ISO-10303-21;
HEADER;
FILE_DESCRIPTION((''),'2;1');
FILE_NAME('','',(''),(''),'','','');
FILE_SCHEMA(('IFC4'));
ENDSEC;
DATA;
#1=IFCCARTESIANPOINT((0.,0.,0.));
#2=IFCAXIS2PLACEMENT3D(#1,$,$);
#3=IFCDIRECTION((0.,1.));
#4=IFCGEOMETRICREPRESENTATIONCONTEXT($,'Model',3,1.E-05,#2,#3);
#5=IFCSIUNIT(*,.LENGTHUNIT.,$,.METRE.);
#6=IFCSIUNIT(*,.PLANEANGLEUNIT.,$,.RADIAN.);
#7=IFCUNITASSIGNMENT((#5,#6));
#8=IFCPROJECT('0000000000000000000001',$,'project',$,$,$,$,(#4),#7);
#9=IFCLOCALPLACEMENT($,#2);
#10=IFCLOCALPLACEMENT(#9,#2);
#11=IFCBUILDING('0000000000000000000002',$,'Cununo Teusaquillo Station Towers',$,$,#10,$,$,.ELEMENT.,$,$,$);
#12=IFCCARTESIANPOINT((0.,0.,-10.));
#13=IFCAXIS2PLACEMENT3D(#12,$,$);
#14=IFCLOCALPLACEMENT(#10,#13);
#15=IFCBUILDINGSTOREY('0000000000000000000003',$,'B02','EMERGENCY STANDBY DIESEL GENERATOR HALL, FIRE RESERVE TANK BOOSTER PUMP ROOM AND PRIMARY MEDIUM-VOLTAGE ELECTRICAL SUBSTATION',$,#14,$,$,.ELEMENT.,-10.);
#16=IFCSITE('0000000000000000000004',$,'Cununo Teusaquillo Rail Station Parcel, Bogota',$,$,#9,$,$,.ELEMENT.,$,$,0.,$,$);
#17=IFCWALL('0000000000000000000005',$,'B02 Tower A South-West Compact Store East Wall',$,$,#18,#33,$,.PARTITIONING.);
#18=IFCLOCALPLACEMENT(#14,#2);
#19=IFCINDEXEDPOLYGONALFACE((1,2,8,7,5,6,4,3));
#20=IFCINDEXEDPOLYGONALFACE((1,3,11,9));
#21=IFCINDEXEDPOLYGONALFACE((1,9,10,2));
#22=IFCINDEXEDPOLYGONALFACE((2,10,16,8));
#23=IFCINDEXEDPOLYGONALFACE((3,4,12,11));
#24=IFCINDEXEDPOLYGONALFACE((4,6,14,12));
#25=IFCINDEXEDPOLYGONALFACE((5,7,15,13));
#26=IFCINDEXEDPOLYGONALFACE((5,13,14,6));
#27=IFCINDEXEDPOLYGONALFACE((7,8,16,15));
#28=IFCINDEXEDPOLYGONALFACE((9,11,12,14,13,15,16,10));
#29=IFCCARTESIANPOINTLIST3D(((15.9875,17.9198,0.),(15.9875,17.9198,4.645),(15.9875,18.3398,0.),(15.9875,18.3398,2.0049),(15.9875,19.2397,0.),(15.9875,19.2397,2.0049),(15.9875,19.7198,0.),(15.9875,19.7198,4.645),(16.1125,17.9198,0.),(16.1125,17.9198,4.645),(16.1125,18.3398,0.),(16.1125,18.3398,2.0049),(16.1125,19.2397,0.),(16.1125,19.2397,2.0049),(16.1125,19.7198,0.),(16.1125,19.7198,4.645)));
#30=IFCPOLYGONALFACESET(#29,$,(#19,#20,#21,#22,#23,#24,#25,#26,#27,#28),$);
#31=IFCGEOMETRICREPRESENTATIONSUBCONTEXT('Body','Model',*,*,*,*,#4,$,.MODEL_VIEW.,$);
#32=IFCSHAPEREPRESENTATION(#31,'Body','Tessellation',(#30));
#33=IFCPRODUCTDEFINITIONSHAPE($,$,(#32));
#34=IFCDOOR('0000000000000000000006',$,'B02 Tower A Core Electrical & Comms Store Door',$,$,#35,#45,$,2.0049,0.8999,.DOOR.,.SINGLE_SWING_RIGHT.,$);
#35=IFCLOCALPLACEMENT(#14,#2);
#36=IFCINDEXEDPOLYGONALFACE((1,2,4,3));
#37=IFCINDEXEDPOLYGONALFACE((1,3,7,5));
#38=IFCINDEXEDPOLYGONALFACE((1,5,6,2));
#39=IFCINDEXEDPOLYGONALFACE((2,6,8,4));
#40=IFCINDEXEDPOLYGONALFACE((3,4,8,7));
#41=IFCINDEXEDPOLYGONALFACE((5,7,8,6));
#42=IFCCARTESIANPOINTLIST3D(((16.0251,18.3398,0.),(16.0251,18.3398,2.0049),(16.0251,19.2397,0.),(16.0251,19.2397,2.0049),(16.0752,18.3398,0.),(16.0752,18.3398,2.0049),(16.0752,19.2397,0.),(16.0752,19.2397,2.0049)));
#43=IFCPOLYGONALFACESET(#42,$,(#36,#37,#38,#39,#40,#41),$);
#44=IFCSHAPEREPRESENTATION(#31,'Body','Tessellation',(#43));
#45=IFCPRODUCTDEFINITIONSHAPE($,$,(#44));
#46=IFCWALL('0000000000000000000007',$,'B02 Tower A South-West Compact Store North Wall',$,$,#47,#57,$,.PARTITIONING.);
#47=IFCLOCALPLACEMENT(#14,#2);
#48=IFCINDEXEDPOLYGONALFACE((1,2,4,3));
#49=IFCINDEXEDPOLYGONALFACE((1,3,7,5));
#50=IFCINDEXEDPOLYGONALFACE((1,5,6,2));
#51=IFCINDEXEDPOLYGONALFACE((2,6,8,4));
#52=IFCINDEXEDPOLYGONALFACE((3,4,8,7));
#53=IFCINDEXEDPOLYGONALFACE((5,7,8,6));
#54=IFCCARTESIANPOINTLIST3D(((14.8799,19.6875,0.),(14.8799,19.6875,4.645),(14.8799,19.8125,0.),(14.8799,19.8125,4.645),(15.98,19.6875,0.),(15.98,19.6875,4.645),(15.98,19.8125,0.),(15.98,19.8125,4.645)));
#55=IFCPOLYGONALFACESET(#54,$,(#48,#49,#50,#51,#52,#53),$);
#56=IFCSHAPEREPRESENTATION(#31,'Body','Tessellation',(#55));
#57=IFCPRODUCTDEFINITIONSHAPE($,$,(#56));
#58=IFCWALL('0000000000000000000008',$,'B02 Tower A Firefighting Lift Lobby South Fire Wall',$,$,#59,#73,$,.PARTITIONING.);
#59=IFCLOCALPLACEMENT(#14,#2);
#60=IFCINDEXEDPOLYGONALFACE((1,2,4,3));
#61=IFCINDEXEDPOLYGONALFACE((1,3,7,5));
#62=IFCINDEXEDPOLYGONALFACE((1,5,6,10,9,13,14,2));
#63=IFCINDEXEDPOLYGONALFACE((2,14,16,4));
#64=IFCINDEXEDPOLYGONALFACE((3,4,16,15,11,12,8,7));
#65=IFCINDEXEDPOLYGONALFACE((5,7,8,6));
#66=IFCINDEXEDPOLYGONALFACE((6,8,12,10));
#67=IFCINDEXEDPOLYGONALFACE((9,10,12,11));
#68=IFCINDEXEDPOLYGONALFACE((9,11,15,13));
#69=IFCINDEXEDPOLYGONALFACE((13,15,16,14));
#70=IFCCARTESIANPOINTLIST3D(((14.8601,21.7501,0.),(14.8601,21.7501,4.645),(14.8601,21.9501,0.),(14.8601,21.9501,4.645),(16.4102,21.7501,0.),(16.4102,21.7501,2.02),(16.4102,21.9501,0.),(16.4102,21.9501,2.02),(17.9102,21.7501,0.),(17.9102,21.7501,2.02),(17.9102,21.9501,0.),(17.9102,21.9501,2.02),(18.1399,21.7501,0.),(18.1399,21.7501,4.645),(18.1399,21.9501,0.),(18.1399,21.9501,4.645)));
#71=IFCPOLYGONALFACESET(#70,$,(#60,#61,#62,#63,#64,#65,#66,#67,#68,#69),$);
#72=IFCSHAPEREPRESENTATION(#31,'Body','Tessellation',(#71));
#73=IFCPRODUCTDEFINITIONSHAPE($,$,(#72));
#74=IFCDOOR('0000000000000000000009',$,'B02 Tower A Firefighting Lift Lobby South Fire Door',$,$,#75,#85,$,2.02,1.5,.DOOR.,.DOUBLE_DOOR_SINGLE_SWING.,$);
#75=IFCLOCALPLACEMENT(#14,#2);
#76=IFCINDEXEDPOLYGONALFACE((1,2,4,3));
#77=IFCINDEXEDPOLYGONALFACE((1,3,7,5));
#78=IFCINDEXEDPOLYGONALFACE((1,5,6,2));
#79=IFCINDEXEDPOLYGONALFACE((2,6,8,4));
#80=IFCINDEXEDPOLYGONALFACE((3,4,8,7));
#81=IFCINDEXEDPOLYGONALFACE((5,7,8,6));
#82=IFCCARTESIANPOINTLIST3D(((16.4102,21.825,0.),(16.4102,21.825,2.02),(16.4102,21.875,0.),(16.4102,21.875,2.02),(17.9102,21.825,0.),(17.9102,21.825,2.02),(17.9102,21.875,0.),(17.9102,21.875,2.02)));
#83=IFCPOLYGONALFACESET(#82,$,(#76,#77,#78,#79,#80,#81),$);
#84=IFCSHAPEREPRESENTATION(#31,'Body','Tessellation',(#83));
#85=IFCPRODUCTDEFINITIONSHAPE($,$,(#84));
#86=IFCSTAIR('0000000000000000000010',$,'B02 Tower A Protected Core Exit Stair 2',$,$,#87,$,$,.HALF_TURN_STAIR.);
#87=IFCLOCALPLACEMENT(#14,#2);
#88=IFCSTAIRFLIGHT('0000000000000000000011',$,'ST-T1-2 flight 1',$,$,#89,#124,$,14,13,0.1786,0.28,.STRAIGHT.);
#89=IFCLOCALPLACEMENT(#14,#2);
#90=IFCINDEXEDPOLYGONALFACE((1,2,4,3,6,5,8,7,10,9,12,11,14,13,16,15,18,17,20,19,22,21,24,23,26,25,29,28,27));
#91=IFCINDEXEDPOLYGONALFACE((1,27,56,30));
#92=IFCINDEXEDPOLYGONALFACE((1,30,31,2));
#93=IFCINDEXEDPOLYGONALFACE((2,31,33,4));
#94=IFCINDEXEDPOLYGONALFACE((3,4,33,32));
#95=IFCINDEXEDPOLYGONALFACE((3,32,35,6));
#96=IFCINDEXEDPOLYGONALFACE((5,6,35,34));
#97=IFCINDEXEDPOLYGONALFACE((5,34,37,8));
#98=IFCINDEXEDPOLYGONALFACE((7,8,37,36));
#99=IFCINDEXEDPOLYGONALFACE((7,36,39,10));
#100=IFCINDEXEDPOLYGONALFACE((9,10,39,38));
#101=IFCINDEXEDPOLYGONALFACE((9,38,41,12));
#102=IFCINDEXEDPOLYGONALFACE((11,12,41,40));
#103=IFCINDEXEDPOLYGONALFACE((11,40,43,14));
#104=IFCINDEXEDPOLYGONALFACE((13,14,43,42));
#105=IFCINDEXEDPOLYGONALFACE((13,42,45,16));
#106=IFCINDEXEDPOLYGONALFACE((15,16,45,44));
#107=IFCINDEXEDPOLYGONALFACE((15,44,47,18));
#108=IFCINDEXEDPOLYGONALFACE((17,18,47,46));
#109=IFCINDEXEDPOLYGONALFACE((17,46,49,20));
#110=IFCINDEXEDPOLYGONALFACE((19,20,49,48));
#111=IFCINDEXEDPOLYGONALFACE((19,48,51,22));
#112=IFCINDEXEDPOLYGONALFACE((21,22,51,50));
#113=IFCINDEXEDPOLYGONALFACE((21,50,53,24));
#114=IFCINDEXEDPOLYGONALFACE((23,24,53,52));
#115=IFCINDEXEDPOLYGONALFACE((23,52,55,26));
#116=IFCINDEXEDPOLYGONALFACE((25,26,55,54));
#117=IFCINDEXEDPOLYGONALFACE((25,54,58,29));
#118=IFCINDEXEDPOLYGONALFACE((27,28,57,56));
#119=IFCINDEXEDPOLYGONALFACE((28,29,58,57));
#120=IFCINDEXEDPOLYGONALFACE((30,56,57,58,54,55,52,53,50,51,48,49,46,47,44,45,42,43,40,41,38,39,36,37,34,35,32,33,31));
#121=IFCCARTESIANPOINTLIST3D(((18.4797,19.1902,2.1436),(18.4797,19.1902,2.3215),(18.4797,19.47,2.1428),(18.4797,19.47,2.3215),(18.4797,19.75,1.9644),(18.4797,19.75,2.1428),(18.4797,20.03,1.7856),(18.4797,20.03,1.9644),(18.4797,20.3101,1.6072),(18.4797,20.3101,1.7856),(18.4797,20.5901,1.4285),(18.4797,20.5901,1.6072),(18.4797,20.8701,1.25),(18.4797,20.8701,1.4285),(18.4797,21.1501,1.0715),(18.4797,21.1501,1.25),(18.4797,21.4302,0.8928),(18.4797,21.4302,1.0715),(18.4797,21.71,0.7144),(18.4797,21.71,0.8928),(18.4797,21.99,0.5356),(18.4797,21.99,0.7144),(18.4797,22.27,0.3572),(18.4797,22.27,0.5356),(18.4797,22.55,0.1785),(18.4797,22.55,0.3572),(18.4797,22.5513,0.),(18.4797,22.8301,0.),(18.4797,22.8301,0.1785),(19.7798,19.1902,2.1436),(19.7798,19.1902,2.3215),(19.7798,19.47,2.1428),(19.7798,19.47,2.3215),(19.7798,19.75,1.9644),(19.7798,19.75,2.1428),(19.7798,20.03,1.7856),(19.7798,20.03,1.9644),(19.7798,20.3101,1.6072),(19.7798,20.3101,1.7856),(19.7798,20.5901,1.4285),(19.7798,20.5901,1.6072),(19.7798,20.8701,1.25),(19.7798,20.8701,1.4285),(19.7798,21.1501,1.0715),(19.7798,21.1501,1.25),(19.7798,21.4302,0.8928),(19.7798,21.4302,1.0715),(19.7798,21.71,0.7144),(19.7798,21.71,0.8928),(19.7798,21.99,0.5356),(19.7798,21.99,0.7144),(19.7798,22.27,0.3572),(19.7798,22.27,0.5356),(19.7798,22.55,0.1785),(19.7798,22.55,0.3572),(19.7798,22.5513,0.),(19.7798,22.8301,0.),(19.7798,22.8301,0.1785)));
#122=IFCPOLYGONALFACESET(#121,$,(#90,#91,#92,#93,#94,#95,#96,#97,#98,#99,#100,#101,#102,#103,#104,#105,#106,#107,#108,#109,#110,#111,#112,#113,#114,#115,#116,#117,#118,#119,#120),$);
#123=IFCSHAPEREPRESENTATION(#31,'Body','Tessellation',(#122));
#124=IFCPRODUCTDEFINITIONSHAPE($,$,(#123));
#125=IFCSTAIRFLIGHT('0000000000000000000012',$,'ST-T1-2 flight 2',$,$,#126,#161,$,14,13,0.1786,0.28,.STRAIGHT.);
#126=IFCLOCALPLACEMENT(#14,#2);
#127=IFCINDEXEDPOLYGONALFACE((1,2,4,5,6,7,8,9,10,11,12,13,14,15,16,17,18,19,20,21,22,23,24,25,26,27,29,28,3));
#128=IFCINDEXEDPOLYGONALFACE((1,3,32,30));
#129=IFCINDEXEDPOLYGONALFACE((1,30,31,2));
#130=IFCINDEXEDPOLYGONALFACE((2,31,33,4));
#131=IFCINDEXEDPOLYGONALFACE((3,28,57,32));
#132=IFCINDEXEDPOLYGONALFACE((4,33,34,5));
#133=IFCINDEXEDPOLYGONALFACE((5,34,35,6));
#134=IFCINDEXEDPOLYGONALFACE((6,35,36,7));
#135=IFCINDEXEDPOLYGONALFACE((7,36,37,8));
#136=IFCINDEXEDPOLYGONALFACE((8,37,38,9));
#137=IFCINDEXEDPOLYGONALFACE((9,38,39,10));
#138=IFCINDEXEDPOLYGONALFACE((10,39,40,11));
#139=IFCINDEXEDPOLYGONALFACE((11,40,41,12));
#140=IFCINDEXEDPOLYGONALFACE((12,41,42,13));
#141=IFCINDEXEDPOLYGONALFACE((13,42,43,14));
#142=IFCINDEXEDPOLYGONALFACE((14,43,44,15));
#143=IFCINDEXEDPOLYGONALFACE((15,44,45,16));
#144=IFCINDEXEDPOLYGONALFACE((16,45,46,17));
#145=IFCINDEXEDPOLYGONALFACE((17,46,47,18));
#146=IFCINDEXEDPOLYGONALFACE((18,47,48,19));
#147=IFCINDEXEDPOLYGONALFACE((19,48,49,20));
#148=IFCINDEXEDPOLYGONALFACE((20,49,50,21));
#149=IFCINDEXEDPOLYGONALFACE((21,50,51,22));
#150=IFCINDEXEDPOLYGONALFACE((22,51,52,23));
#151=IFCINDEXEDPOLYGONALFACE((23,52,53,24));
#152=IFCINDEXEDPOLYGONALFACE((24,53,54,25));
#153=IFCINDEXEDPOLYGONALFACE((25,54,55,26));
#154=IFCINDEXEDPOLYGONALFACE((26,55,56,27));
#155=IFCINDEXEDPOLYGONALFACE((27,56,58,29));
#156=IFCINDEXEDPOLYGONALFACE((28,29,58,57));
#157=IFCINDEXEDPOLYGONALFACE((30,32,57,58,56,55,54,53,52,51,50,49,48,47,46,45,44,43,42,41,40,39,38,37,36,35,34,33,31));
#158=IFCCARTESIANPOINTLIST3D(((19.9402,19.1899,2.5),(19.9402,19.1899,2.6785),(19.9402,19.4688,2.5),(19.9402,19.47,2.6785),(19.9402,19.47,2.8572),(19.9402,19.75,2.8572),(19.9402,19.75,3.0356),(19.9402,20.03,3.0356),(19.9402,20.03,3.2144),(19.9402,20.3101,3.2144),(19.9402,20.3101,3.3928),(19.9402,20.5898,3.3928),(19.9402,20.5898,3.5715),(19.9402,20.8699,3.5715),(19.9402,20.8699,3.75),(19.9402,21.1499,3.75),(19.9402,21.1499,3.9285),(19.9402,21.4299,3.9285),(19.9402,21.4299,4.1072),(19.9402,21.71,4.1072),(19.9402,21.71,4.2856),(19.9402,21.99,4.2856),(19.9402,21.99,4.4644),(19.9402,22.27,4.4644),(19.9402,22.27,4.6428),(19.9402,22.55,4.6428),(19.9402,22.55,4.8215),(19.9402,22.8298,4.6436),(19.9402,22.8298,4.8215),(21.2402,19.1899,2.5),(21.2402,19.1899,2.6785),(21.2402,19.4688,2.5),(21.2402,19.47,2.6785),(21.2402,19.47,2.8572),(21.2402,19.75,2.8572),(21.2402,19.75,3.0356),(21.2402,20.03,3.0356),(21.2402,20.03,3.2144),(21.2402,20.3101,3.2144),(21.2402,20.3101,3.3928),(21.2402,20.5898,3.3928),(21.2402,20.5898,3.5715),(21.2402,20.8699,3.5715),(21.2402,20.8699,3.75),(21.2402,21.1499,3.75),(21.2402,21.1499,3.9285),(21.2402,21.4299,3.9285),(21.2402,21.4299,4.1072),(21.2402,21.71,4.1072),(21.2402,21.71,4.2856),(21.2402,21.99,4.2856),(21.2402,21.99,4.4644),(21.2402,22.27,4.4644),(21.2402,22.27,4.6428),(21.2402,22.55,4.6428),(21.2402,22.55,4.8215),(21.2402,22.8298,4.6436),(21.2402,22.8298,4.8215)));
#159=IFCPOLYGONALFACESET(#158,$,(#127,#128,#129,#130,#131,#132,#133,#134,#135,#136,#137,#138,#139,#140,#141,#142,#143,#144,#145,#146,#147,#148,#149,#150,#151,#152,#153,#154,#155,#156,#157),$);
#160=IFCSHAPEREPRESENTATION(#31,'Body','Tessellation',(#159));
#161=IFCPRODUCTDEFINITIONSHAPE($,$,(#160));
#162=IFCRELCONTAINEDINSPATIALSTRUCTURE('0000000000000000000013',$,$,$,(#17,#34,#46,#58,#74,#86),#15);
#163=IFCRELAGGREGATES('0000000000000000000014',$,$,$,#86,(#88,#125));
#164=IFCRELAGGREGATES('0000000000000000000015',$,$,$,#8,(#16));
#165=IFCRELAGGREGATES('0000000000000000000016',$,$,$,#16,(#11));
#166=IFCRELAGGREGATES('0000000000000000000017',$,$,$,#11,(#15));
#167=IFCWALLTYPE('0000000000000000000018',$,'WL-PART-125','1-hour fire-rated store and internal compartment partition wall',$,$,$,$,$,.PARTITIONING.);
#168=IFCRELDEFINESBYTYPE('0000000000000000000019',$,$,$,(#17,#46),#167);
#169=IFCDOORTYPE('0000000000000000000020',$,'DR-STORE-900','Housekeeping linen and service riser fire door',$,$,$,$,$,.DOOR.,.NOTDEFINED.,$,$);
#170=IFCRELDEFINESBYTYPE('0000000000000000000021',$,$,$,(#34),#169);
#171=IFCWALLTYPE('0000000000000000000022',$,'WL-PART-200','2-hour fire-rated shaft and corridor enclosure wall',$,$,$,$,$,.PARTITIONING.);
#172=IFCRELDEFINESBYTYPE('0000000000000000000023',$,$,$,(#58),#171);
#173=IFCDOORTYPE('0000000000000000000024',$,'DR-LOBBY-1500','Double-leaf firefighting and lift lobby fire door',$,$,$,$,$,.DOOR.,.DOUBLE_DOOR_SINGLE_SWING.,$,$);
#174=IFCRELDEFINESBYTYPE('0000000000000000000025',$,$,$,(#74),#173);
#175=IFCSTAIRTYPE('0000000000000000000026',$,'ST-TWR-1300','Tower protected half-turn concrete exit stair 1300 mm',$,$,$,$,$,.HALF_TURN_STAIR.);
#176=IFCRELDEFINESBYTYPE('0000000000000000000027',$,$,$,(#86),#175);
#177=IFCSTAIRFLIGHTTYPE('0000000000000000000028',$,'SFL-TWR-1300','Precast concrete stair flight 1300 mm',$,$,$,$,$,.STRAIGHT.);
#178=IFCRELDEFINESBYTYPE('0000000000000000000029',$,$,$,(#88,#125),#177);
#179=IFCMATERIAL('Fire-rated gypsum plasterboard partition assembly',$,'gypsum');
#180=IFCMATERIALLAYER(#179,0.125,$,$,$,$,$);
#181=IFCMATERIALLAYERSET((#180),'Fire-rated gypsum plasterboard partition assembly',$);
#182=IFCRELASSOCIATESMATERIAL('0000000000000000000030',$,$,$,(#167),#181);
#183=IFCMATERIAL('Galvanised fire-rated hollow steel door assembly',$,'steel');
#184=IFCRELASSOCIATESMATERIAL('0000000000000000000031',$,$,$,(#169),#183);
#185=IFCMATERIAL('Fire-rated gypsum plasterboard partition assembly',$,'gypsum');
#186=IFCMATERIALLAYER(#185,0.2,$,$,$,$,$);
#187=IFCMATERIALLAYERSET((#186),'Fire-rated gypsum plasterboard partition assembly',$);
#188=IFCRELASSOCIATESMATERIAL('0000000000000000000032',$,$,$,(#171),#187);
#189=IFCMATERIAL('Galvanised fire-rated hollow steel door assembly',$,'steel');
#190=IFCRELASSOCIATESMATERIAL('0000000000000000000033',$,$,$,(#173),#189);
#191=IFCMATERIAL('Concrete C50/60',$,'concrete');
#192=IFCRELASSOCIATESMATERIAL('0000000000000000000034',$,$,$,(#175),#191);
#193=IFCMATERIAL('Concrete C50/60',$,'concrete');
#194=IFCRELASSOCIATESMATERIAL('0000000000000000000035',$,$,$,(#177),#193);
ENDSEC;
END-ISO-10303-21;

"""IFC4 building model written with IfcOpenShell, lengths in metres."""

from ifc_helpers import new_model, si_unit, direction, frame, frame_2d, origin, place, context, subcontext, project, spatial, polyline, rectangle, outline, extrude, source, transform, mapped, material, layer, layer_set, type_object, element, fill, aggregate, save


model = new_model("IFC4")

# Units and contexts
model_context = context("Model", 3, precision=1e-05, world=origin(), true_north=direction((0.0, 1.0)))
body_context = subcontext(model_context, "Body", "Model", "MODEL_VIEW")
ifc_project = project(units=[si_unit("LENGTHUNIT", "METRE"), si_unit("PLANEANGLEUNIT", "RADIAN")], contexts=[model_context])

# Site, building, storey
site_placement = place(None, origin())
site = spatial("IfcSite", under=ifc_project, at=site_placement, Name="Cununo Teusaquillo Rail Station Parcel, Bogota", CompositionType="ELEMENT", RefElevation=0.0)
building_placement = place(site_placement, origin())
building = spatial("IfcBuilding", under=site, at=building_placement, Name="Cununo Teusaquillo Station Towers", CompositionType="ELEMENT")
storey_placement = place(building_placement, frame((0.0, 0.0, -10.0)))
storey = spatial("IfcBuildingStorey", under=building, at=storey_placement, Name="B02", Description="EMERGENCY STANDBY DIESEL GENERATOR HALL, FIRE RESERVE TANK BOOSTER PUMP ROOM AND PRIMARY MEDIUM-VOLTAGE ELECTRICAL SUBSTATION", CompositionType="ELEMENT", Elevation=-10.0)

# Wall, opening, door
ifc_material_1 = material(Name="Fire-rated gypsum plasterboard partition assembly", Category="gypsum")
ifc_layer_1 = layer(ifc_material_1, 0.125)
ifc_layer_set_1 = layer_set([ifc_layer_1], Name="Fire-rated gypsum plasterboard partition assembly")
wall_type_1 = type_object("IfcWallType", Name="WL-PART-125", Description="1-hour fire-rated store and internal compartment partition wall", PredefinedType="PARTITIONING", material=ifc_layer_set_1)
wall_1_placement = place(storey_placement, frame((16.05, 17.9199, 0.0), z_axis=(0.0, 0.0, 1.0), x_axis=(0.0, 1.0, 0.0)))
wall_1 = element("IfcWall", 1, at=wall_1_placement, inside=storey, type_object=wall_type_1, Name="B02 Tower A South-West Compact Store East Wall", PredefinedType="PARTITIONING", context=body_context, shape_type="SweptSolid", body=[
    extrude(rectangle(XDim=1.8, YDim=0.125, at=frame_2d((0.8999, 0.0))), origin(), (0.0, 0.0, 1.0), 4.645),
])
shared_shape_1 = source(origin(), body_context, "Body", "SweptSolid", [
    extrude(rectangle(XDim=0.8999, YDim=2.0049, at=frame_2d((0.45, 1.0024))), frame((0.0, 0.0725, 0.0), z_axis=(0.0, -1.0, 0.0), x_axis=(1.0, 0.0, 0.0)), (0.0, 0.0, 1.0), 0.145),
])
opening_1_placement = place(wall_1_placement, frame((0.4199, 0.0, 0.0)))
opening_1 = element("IfcOpeningElement", 2, at=opening_1_placement, cuts=wall_1, PredefinedType="OPENING", context=body_context, shape_type="MappedRepresentation", body=[
    mapped(shared_shape_1, transform((0.0, 0.0, 0.0), x_axis=(1.0, 0.0, 0.0), y_axis=(0.0, 1.0, 0.0), z_axis=(0.0, 0.0, 1.0), scale=1.0)),
])
ifc_material_2 = material(Name="Galvanised fire-rated hollow steel door assembly", Category="steel")
door_type_1 = type_object("IfcDoorType", Name="DR-STORE-900", Description="Housekeeping linen and service riser fire door", OperationType="NOTDEFINED", PredefinedType="DOOR", material=ifc_material_2)
shared_shape_2 = source(origin(), body_context, "Body", "SweptSolid", [
    extrude(rectangle(XDim=0.8999, YDim=2.0049, at=frame_2d((0.45, 1.0024))), frame((0.0, 0.0249, 0.0), z_axis=(0.0, -1.0, 0.0), x_axis=(1.0, 0.0, 0.0)), (0.0, 0.0, 1.0), 0.05),
])
door_1_placement = place(opening_1_placement, origin())
door_1 = element("IfcDoor", 3, at=door_1_placement, inside=storey, type_object=door_type_1, Name="B02 Tower A Core Electrical & Comms Store Door", OperationType="SINGLE_SWING_RIGHT", OverallHeight=2.0049, OverallWidth=0.8999, PredefinedType="DOOR", context=body_context, shape_type="MappedRepresentation", body=[
    mapped(shared_shape_2, transform((0.0, 0.0, 0.0), x_axis=(1.0, 0.0, 0.0), y_axis=(0.0, 1.0, 0.0), z_axis=(0.0, 0.0, 1.0), scale=1.0)),
])
fill(opening_1, door_1)

# Wall
wall_2_placement = place(storey_placement, frame((14.8799, 19.75, 0.0), z_axis=(0.0, 0.0, 1.0), x_axis=(1.0, 0.0, 0.0)))
element("IfcWall", 4, at=wall_2_placement, inside=storey, type_object=wall_type_1, Name="B02 Tower A South-West Compact Store North Wall", PredefinedType="PARTITIONING", context=body_context, shape_type="SweptSolid", body=[
    extrude(rectangle(XDim=1.1001, YDim=0.125, at=frame_2d((0.55, 0.0))), origin(), (0.0, 0.0, 1.0), 4.645),
])

# Wall, opening, door
ifc_material_3 = material(Name="Fire-rated gypsum plasterboard partition assembly", Category="gypsum")
ifc_layer_2 = layer(ifc_material_3, 0.2)
ifc_layer_set_2 = layer_set([ifc_layer_2], Name="Fire-rated gypsum plasterboard partition assembly")
wall_type_2 = type_object("IfcWallType", Name="WL-PART-200", Description="2-hour fire-rated shaft and corridor enclosure wall", PredefinedType="PARTITIONING", material=ifc_layer_set_2)
wall_3_placement = place(storey_placement, frame((14.8601, 21.8501, 0.0), z_axis=(0.0, 0.0, 1.0), x_axis=(1.0, 0.0, 0.0)))
wall_3 = element("IfcWall", 5, at=wall_3_placement, inside=storey, type_object=wall_type_2, Name="B02 Tower A Firefighting Lift Lobby South Fire Wall", PredefinedType="PARTITIONING", context=body_context, shape_type="SweptSolid", body=[
    extrude(rectangle(XDim=3.2798, YDim=0.2, at=frame_2d((1.6399, 0.0))), origin(), (0.0, 0.0, 1.0), 4.645),
])
shared_shape_3 = source(origin(), body_context, "Body", "SweptSolid", [
    extrude(rectangle(XDim=1.5, YDim=2.02, at=frame_2d((0.75, 1.01))), frame((0.0, 0.1099, 0.0), z_axis=(0.0, -1.0, 0.0), x_axis=(1.0, 0.0, 0.0)), (0.0, 0.0, 1.0), 0.22),
])
opening_2_placement = place(wall_3_placement, frame((1.55, 0.0, 0.0)))
opening_2 = element("IfcOpeningElement", 6, at=opening_2_placement, cuts=wall_3, PredefinedType="OPENING", context=body_context, shape_type="MappedRepresentation", body=[
    mapped(shared_shape_3, transform((0.0, 0.0, 0.0), x_axis=(1.0, 0.0, 0.0), y_axis=(0.0, 1.0, 0.0), z_axis=(0.0, 0.0, 1.0), scale=1.0)),
])
ifc_material_4 = material(Name="Galvanised fire-rated hollow steel door assembly", Category="steel")
door_type_2 = type_object("IfcDoorType", Name="DR-LOBBY-1500", Description="Double-leaf firefighting and lift lobby fire door", OperationType="DOUBLE_DOOR_SINGLE_SWING", PredefinedType="DOOR", material=ifc_material_4)
shared_shape_4 = source(origin(), body_context, "Body", "SweptSolid", [
    extrude(rectangle(XDim=1.5, YDim=2.02, at=frame_2d((0.75, 1.01))), frame((0.0, 0.0249, 0.0), z_axis=(0.0, -1.0, 0.0), x_axis=(1.0, 0.0, 0.0)), (0.0, 0.0, 1.0), 0.05),
])
door_2_placement = place(opening_2_placement, origin())
door_2 = element("IfcDoor", 7, at=door_2_placement, inside=storey, type_object=door_type_2, Name="B02 Tower A Firefighting Lift Lobby South Fire Door", OperationType="DOUBLE_DOOR_SINGLE_SWING", OverallHeight=2.02, OverallWidth=1.5, PredefinedType="DOOR", context=body_context, shape_type="MappedRepresentation", body=[
    mapped(shared_shape_4, transform((0.0, 0.0, 0.0), x_axis=(1.0, 0.0, 0.0), y_axis=(0.0, 1.0, 0.0), z_axis=(0.0, 0.0, 1.0), scale=1.0)),
])
fill(opening_2, door_2)

# Stair, stair flights
ifc_material_5 = material(Name="Concrete C50/60", Category="concrete")
stair_type = type_object("IfcStairType", Name="ST-TWR-1300", Description="Tower protected half-turn concrete exit stair 1300 mm", PredefinedType="HALF_TURN_STAIR", material=ifc_material_5)
stair_placement = place(storey_placement, origin())
stair = element("IfcStair", 8, at=stair_placement, inside=storey, type_object=stair_type, Name="B02 Tower A Protected Core Exit Stair 2", PredefinedType="HALF_TURN_STAIR")
ifc_material_6 = material(Name="Concrete C50/60", Category="concrete")
stair_flight_type = type_object("IfcStairFlightType", Name="SFL-TWR-1300", Description="Precast concrete stair flight 1300 mm", PredefinedType="STRAIGHT", material=ifc_material_6)
stair_flight_1_placement = place(storey_placement, frame((19.1299, 22.8301, 0.0), z_axis=(0.0, 0.0, 1.0), x_axis=(0.0, -1.0, 0.0)))
stair_flight_1 = element("IfcStairFlight", 9, at=stair_flight_1_placement, type_object=stair_flight_type, Name="ST-T1-2 flight 1", NumberOfRisers=14, NumberOfTreads=13, PredefinedType="STRAIGHT", RiserHeight=0.1786, TreadLength=0.28, context=body_context, shape_type="SweptSolid", body=[
    extrude(outline(polyline([(0.0, 0.0), (0.0, 0.1785), (0.28, 0.1785), (0.28, 0.3572), (0.5601, 0.3572), (0.5601, 0.5356), (0.8401, 0.5356), (0.8401, 0.7144), (1.1201, 0.7144), (1.1201, 0.8928), (1.3999, 0.8928), (1.3999, 1.0715), (1.6799, 1.0715), (1.6799, 1.25), (1.96, 1.25), (1.96, 1.4285), (2.24, 1.4285), (2.24, 1.6072), (2.52, 1.6072), (2.52, 1.7856), (2.8, 1.7856), (2.8, 1.9644), (3.0801, 1.9644), (3.0801, 2.1428), (3.3601, 2.1428), (3.3601, 2.3215), (3.6399, 2.3215), (3.6399, 2.5), (3.6399, 2.1436), (0.2788, 0.0), (0.0, 0.0)])), frame((0.0, 0.6499, 0.0), z_axis=(0.0, -1.0, 0.0), x_axis=(1.0, 0.0, 0.0)), (0.0, 0.0, 1.0), 1.3),
])
stair_flight_2_placement = place(storey_placement, frame((20.5901, 19.1899, 2.5), z_axis=(0.0, 0.0, 1.0), x_axis=(0.0, 1.0, 0.0)))
stair_flight_2 = element("IfcStairFlight", 10, at=stair_flight_2_placement, type_object=stair_flight_type, Name="ST-T1-2 flight 2", NumberOfRisers=14, NumberOfTreads=13, PredefinedType="STRAIGHT", RiserHeight=0.1786, TreadLength=0.28, context=body_context, shape_type="SweptSolid", body=[
    extrude(outline(polyline([(0.0, 0.0), (0.0, 0.1785), (0.28, 0.1785), (0.28, 0.3572), (0.5601, 0.3572), (0.5601, 0.5356), (0.8401, 0.5356), (0.8401, 0.7144), (1.1201, 0.7144), (1.1201, 0.8928), (1.3999, 0.8928), (1.3999, 1.0715), (1.6799, 1.0715), (1.6799, 1.25), (1.96, 1.25), (1.96, 1.4285), (2.24, 1.4285), (2.24, 1.6072), (2.52, 1.6072), (2.52, 1.7856), (2.8, 1.7856), (2.8, 1.9644), (3.0801, 1.9644), (3.0801, 2.1428), (3.3601, 2.1428), (3.3601, 2.3215), (3.6399, 2.3215), (3.6399, 2.5), (3.6399, 2.1436), (0.2788, 0.0), (0.0, 0.0)])), frame((0.0, 0.6499, 0.0), z_axis=(0.0, -1.0, 0.0), x_axis=(1.0, 0.0, 0.0)), (0.0, 0.0, 1.0), 1.3),
])
aggregate(stair, [stair_flight_1, stair_flight_2])

save(model, "model.ifc")
